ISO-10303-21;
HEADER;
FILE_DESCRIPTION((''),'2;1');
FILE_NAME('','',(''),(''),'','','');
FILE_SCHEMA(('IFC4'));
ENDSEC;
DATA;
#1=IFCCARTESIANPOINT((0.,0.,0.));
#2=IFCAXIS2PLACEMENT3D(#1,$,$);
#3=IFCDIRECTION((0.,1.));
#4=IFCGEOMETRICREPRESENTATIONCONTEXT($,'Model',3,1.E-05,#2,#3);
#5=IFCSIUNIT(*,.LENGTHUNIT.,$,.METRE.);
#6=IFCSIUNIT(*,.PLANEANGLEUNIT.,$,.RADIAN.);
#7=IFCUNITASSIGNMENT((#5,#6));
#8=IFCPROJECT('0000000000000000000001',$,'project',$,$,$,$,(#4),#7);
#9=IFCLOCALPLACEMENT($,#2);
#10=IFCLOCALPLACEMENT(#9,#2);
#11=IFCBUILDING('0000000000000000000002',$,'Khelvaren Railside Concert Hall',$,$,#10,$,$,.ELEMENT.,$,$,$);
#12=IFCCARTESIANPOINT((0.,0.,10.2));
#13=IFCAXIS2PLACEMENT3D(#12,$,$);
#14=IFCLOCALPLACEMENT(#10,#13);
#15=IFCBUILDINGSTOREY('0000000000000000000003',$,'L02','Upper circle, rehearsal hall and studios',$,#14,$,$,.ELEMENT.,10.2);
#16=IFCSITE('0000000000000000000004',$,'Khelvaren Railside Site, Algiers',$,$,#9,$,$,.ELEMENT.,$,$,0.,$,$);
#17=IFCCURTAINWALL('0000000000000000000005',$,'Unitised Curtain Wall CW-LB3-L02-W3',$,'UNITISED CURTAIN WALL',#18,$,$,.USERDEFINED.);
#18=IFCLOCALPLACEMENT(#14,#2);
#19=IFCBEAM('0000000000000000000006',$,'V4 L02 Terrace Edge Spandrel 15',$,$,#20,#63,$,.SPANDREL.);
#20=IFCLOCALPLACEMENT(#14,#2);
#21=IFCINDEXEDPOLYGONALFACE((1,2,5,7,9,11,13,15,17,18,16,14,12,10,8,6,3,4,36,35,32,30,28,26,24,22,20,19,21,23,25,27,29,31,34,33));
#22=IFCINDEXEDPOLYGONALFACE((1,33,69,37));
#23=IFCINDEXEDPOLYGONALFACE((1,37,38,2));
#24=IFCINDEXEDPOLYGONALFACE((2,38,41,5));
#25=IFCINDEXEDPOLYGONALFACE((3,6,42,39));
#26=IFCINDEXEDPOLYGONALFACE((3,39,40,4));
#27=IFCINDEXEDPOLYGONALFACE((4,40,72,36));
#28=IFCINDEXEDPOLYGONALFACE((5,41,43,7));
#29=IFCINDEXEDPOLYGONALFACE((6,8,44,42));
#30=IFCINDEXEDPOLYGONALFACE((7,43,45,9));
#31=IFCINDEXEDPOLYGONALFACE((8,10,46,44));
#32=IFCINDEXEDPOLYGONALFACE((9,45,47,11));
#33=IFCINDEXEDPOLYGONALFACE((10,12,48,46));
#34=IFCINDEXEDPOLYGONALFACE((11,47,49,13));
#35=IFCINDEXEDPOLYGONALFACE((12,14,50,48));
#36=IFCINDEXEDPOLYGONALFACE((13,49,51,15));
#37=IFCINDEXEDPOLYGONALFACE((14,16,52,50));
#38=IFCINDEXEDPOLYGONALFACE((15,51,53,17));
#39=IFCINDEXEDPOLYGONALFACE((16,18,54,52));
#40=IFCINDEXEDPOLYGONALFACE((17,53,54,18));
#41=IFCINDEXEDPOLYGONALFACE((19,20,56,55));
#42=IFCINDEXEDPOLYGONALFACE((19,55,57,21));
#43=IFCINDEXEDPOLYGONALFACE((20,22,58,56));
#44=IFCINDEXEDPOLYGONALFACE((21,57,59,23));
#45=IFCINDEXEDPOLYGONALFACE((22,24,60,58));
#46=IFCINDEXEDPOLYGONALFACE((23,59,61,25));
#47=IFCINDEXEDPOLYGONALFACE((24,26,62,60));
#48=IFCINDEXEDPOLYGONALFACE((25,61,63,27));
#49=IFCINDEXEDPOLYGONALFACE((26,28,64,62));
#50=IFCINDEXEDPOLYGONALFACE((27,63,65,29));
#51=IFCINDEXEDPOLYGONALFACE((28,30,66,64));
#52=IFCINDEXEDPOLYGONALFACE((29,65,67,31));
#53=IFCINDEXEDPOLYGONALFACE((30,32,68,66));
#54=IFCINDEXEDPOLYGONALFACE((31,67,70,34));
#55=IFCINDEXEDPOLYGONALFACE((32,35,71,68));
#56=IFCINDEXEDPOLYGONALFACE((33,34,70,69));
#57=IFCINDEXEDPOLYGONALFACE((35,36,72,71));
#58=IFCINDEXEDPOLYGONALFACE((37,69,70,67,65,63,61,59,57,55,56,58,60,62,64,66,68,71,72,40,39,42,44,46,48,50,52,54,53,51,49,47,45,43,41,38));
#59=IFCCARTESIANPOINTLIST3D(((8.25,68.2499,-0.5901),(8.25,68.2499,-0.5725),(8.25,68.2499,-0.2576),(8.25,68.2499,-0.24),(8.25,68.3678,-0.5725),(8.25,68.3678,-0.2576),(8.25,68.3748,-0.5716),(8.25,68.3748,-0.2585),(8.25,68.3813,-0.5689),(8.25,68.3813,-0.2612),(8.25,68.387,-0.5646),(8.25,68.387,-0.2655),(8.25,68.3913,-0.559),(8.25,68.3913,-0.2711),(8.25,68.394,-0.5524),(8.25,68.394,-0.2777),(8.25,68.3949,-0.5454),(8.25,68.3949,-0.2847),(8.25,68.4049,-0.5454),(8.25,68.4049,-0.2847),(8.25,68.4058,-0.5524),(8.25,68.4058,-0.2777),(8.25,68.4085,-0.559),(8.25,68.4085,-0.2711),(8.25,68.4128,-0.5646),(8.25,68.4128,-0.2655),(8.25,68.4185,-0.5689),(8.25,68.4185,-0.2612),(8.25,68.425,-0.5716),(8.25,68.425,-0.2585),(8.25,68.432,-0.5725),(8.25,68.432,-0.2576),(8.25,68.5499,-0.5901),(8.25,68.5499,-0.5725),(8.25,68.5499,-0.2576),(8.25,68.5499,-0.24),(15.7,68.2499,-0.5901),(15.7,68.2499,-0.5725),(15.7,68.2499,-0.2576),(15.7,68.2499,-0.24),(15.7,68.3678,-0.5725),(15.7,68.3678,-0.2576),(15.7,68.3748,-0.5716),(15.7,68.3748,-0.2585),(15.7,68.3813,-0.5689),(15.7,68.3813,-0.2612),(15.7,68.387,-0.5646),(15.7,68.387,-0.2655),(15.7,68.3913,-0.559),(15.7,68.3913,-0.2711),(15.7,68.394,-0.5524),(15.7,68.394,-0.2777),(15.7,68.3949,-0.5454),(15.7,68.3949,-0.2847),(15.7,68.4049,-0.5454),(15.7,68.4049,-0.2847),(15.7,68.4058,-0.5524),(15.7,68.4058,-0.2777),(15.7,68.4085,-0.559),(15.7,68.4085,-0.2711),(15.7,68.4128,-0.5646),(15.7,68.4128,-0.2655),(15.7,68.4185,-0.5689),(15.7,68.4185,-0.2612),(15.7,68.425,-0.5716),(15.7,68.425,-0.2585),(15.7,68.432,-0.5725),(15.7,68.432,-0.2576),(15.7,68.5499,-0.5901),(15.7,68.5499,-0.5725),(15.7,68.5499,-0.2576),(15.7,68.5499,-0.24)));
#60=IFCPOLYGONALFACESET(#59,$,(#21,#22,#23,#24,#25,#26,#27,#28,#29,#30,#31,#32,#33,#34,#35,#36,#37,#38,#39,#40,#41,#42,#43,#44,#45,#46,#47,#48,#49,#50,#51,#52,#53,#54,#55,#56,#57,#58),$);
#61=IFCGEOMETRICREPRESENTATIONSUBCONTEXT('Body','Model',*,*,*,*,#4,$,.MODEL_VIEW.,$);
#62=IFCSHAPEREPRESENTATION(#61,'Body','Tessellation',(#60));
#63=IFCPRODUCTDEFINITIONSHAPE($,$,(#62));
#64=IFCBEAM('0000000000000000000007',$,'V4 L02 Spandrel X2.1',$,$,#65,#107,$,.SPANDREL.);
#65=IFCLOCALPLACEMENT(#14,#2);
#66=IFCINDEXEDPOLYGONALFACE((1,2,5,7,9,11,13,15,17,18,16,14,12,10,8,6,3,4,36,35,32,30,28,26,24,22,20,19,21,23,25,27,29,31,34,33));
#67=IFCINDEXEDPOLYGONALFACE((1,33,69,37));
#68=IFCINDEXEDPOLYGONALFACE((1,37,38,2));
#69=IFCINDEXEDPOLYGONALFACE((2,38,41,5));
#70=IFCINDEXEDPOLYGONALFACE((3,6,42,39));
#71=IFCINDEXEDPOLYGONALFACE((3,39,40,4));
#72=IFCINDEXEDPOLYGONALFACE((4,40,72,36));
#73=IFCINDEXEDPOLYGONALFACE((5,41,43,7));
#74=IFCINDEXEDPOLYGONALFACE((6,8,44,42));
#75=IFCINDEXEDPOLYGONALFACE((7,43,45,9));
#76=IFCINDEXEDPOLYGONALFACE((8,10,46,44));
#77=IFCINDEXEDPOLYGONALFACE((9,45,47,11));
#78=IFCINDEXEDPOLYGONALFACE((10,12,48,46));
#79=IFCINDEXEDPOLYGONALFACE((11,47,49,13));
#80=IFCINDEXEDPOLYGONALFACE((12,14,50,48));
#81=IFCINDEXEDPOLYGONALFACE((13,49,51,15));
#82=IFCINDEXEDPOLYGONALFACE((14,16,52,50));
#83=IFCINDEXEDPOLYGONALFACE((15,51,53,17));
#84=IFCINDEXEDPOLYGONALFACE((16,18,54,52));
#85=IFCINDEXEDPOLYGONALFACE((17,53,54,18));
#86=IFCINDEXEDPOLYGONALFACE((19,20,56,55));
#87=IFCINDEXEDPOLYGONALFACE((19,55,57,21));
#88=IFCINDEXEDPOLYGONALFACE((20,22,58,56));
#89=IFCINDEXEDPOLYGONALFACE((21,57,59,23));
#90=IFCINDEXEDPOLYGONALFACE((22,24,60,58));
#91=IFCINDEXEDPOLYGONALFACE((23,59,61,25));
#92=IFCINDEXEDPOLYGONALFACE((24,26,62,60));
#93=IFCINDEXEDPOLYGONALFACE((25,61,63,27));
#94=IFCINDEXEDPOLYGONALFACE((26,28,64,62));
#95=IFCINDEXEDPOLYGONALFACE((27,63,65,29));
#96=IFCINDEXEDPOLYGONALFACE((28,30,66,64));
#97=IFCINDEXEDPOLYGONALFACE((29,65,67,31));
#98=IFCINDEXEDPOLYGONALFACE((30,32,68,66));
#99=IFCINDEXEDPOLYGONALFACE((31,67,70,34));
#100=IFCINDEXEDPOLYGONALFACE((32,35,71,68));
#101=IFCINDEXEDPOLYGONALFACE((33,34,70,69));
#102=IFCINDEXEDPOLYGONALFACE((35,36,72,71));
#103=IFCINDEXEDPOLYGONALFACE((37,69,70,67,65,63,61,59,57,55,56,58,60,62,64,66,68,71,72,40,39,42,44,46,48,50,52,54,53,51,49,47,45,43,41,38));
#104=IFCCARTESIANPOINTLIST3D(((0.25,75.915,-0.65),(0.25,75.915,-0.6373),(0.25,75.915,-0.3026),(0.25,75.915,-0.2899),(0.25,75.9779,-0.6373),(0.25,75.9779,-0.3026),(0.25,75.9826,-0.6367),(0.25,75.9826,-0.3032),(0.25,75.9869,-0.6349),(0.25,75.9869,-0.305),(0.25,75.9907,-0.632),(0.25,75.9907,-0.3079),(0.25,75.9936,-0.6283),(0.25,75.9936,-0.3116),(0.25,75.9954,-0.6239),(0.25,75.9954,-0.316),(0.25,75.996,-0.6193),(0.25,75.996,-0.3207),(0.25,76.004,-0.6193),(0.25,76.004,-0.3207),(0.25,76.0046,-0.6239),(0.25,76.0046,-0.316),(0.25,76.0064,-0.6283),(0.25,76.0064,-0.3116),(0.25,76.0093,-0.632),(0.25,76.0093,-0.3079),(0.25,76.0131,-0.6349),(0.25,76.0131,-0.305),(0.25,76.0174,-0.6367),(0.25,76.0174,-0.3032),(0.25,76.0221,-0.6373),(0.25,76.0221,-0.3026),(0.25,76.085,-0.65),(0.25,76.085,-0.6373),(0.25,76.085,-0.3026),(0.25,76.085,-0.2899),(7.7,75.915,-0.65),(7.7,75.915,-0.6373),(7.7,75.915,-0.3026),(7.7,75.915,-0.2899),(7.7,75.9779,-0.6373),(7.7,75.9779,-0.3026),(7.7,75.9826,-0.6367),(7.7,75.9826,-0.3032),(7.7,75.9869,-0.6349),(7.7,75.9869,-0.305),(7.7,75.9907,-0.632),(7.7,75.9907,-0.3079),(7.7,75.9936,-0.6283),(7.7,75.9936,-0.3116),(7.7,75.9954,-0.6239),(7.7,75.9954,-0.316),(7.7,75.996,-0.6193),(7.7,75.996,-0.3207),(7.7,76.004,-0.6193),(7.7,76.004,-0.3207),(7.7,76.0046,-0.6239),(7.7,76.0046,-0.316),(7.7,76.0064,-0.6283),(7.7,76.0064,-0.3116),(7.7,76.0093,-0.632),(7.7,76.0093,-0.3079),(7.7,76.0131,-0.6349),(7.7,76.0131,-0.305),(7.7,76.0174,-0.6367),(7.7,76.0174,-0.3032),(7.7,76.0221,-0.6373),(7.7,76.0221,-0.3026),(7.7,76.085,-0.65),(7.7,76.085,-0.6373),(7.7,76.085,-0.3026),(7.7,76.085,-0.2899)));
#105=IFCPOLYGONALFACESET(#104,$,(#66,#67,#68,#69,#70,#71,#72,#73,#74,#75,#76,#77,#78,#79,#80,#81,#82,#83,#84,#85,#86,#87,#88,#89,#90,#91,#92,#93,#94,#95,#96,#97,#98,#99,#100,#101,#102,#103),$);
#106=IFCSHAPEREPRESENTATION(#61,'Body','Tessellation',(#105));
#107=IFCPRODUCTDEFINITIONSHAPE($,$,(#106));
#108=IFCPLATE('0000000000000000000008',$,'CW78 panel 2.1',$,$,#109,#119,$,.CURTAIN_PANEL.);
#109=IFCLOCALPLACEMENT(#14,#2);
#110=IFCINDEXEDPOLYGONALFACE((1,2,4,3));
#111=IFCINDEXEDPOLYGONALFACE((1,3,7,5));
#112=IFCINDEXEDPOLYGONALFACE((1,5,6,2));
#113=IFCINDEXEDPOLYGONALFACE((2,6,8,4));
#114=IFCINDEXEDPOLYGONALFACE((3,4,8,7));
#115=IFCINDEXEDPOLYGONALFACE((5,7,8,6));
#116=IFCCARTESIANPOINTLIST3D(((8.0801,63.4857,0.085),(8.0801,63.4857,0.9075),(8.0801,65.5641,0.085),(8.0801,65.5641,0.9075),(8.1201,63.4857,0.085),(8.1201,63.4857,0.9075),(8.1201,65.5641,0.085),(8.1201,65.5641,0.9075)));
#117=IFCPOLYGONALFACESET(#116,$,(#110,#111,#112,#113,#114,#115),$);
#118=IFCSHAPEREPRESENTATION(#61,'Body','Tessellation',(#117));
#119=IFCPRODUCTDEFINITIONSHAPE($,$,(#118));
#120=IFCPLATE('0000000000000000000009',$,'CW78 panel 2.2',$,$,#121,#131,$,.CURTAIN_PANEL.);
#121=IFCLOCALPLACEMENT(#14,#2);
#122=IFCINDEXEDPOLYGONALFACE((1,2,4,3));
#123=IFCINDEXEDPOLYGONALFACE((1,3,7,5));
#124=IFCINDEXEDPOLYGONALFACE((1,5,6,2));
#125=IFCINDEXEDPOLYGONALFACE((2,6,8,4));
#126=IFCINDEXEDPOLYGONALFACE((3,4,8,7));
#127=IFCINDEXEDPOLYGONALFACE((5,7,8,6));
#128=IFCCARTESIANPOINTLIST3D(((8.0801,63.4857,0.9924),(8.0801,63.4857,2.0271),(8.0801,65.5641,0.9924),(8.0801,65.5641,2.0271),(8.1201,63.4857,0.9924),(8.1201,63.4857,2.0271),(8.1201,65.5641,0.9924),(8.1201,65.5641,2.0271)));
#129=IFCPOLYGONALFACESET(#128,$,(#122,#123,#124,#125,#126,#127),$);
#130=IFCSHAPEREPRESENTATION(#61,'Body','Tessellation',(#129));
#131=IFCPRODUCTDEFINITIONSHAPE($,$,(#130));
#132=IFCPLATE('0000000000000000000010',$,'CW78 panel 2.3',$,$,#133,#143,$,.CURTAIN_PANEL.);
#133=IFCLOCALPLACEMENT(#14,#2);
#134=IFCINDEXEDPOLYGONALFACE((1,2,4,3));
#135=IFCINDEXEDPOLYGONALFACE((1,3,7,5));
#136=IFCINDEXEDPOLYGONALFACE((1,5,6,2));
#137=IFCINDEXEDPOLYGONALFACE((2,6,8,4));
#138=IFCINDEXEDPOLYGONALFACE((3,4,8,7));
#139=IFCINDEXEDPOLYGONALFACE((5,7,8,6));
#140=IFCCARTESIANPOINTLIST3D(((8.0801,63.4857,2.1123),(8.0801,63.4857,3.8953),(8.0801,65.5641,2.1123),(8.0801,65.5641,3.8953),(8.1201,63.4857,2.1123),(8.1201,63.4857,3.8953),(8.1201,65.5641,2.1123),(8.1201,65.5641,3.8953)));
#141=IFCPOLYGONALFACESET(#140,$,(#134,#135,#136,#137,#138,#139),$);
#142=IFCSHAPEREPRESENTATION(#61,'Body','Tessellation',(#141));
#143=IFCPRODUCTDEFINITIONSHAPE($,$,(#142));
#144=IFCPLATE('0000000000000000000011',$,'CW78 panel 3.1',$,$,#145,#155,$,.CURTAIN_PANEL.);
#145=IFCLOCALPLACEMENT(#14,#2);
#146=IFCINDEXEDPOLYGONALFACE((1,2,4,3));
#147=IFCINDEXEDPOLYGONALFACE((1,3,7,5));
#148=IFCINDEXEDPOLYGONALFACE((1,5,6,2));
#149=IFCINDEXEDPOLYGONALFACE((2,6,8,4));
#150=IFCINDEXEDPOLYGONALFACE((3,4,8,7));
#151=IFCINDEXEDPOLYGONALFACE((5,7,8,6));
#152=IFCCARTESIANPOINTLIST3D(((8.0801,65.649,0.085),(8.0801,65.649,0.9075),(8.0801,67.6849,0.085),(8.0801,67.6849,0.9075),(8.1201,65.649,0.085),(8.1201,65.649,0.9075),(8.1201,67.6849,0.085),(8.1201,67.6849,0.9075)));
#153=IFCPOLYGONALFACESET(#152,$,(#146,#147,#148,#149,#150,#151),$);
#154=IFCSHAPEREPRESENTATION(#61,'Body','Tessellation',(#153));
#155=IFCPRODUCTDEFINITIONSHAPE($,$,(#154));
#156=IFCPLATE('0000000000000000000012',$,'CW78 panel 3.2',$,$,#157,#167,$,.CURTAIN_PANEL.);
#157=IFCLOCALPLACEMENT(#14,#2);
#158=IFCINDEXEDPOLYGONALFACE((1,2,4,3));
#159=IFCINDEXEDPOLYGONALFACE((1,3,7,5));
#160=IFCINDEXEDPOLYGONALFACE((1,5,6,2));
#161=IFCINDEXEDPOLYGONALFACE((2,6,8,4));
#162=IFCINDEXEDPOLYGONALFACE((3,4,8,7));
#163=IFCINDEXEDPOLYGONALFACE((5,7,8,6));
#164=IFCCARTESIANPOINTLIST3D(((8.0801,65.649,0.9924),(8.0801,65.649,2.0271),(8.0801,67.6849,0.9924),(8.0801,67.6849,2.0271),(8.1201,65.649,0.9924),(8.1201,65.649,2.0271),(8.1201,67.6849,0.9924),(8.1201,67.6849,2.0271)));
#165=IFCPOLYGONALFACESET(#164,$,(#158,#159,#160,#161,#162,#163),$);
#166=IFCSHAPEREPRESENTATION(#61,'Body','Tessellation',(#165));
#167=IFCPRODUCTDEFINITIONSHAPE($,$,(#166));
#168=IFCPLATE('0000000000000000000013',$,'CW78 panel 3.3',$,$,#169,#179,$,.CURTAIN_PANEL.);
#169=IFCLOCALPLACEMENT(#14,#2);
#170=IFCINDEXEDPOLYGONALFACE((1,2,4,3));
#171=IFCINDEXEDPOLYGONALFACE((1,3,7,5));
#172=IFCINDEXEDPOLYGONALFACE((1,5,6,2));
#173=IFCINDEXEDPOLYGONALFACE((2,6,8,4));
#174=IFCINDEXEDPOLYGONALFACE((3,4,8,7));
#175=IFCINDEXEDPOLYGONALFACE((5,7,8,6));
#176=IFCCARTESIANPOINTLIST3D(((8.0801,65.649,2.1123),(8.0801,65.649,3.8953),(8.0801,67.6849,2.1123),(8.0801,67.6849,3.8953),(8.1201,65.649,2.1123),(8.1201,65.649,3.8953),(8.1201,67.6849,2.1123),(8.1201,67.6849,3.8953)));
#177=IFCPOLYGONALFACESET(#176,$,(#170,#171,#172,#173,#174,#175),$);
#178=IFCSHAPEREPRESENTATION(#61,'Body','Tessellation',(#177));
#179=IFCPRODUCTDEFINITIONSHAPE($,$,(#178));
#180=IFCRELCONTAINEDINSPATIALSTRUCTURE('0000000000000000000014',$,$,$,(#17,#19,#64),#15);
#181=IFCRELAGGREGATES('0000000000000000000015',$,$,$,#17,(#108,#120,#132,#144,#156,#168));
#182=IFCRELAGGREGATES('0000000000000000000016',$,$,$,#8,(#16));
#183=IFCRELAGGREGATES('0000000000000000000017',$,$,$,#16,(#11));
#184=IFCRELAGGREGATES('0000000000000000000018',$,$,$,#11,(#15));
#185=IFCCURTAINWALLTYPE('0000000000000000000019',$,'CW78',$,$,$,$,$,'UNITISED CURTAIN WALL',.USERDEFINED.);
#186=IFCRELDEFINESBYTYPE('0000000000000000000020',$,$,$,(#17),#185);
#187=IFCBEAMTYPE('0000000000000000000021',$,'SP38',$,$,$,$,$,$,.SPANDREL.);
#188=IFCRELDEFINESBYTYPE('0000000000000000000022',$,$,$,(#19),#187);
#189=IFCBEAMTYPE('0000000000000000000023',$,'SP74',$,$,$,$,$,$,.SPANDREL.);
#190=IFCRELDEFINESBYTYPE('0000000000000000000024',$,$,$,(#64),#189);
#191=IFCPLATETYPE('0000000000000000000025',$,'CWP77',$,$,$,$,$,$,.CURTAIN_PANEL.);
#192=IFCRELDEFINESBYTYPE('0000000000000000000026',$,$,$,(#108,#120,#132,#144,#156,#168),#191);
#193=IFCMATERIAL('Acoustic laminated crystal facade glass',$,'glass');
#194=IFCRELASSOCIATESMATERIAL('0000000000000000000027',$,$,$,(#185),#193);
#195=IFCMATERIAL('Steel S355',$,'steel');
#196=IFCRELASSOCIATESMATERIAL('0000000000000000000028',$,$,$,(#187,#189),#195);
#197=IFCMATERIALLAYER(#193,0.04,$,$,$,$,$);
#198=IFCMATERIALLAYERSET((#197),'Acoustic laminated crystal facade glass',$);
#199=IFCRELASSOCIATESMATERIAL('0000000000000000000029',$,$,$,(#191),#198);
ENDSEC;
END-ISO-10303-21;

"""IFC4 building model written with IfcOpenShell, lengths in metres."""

from ifc_helpers import new_model, si_unit, direction, frame, origin, origin_2d, place, context, subcontext, project, spatial, rectangle, i_section, extrude, material, layer, layer_set, material_profile, profile_set, type_object, element, aggregate, save


model = new_model("IFC4")

# Units and contexts
model_context = context("Model", 3, precision=1e-05, world=origin(), true_north=direction((0.0, 1.0)))
body_context = subcontext(model_context, "Body", "Model", "MODEL_VIEW")
ifc_project = project(units=[si_unit("LENGTHUNIT", "METRE"), si_unit("PLANEANGLEUNIT", "RADIAN")], contexts=[model_context])

# Site, building, storey
site_placement = place(None, origin())
site = spatial("IfcSite", under=ifc_project, at=site_placement, Name="Khelvaren Railside Site, Algiers", CompositionType="ELEMENT", RefElevation=0.0)
building_placement = place(site_placement, origin())
building = spatial("IfcBuilding", under=site, at=building_placement, Name="Khelvaren Railside Concert Hall", CompositionType="ELEMENT")
storey_placement = place(building_placement, frame((0.0, 0.0, 10.2)))
storey = spatial("IfcBuildingStorey", under=building, at=storey_placement, Name="L02", Description="Upper circle, rehearsal hall and studios", CompositionType="ELEMENT", Elevation=10.2)

# Curtain wall
ifc_material_1 = material(Name="Acoustic laminated crystal facade glass", Category="glass")
curtain_wall_type_1 = type_object("IfcCurtainWallType", Name="CW78", ElementType="UNITISED CURTAIN WALL", PredefinedType="USERDEFINED", material=ifc_material_1)
curtain_wall_1_placement = place(storey_placement, origin())
curtain_wall_1 = element("IfcCurtainWall", 1, at=curtain_wall_1_placement, inside=storey, type_object=curtain_wall_type_1, Name="Unitised Curtain Wall CW-LB3-L02-W3", ObjectType="UNITISED CURTAIN WALL", PredefinedType="USERDEFINED")

# Beams
ifc_material_2 = material(Name="Steel S355", Category="steel")
ifc_material_profile_1 = material_profile(ifc_material_2, i_section(OverallWidth=0.3, OverallDepth=0.3501, WebThickness=0.01, FlangeThickness=0.0176, FilletRadius=0.0271, at=origin_2d()), Name="HEA 360")
ifc_profile_set_1 = profile_set([ifc_material_profile_1], Name="Steel S355")
beam_type_1 = type_object("IfcBeamType", Name="SP38", PredefinedType="SPANDREL", material=ifc_profile_set_1)
for number, where, z_axis, x_axis, name in (
    (2, (8.25, 68.3999, -0.415), (1.0, 0.0, 0.0), (0.0, 1.0, 0.0), "V4 L02 Terrace Edge Spandrel 15"),
):
    element("IfcBeam", number, at=place(storey_placement, frame(where, z_axis=z_axis, x_axis=x_axis)), inside=storey, type_object=beam_type_1, Name=name, PredefinedType="SPANDREL", context=body_context, shape_type="SweptSolid", body=[
        extrude(i_section(OverallWidth=0.3, OverallDepth=0.3501, WebThickness=0.01, FlangeThickness=0.0176, FilletRadius=0.0271, at=origin_2d()), origin(), (0.0, 0.0, 1.0), 7.45),
    ])
ifc_material_profile_2 = material_profile(ifc_material_2, i_section(OverallWidth=0.1699, OverallDepth=0.3601, WebThickness=0.0081, FlangeThickness=0.0127, FilletRadius=0.0181, at=origin_2d()), Name="IPE 360")
ifc_profile_set_2 = profile_set([ifc_material_profile_2], Name="Steel S355")
beam_type_2 = type_object("IfcBeamType", Name="SP74", PredefinedType="SPANDREL", material=ifc_profile_set_2)
beam_1_placement = place(storey_placement, frame((0.25, 76.0, -0.47), z_axis=(1.0, 0.0, 0.0), x_axis=(0.0, 1.0, 0.0)))
element("IfcBeam", 3, at=beam_1_placement, inside=storey, type_object=beam_type_2, Name="V4 L02 Spandrel X2.1", PredefinedType="SPANDREL", context=body_context, shape_type="SweptSolid", body=[
    extrude(i_section(OverallWidth=0.1699, OverallDepth=0.3601, WebThickness=0.0081, FlangeThickness=0.0127, FilletRadius=0.0181, at=origin_2d()), origin(), (0.0, 0.0, 1.0), 7.45),
])

# Plates
ifc_layer = layer(ifc_material_1, 0.04)
ifc_layer_set = layer_set([ifc_layer], Name="Acoustic laminated crystal facade glass")
plate_type = type_object("IfcPlateType", Name="CWP77", PredefinedType="CURTAIN_PANEL", material=ifc_layer_set)
plate_1_placement = place(storey_placement, frame((8.1001, 64.5249, 0.085), z_axis=(0.0, 0.0, 1.0), x_axis=(0.0, 1.0, 0.0)))
plate_1 = element("IfcPlate", 4, at=plate_1_placement, type_object=plate_type, Name="CW78 panel 2.1", PredefinedType="CURTAIN_PANEL", context=body_context, shape_type="SweptSolid", body=[
    extrude(rectangle(XDim=2.0784, YDim=0.04, at=origin_2d()), origin(), (0.0, 0.0, 1.0), 0.8225),
])
plate_2_placement = place(storey_placement, frame((8.1001, 64.5249, 0.9924), z_axis=(0.0, 0.0, 1.0), x_axis=(0.0, 1.0, 0.0)))
plate_2 = element("IfcPlate", 5, at=plate_2_placement, type_object=plate_type, Name="CW78 panel 2.2", PredefinedType="CURTAIN_PANEL", context=body_context, shape_type="SweptSolid", body=[
    extrude(rectangle(XDim=2.0784, YDim=0.04, at=origin_2d()), origin(), (0.0, 0.0, 1.0), 1.0347),
])
plate_3_placement = place(storey_placement, frame((8.1001, 64.5249, 2.1123), z_axis=(0.0, 0.0, 1.0), x_axis=(0.0, 1.0, 0.0)))
plate_3 = element("IfcPlate", 6, at=plate_3_placement, type_object=plate_type, Name="CW78 panel 2.3", PredefinedType="CURTAIN_PANEL", context=body_context, shape_type="SweptSolid", body=[
    extrude(rectangle(XDim=2.0784, YDim=0.04, at=origin_2d()), origin(), (0.0, 0.0, 1.0), 1.783),
])
plate_4_placement = place(storey_placement, frame((8.1001, 66.667, 0.085), z_axis=(0.0, 0.0, 1.0), x_axis=(0.0, 1.0, 0.0)))
plate_4 = element("IfcPlate", 7, at=plate_4_placement, type_object=plate_type, Name="CW78 panel 3.1", PredefinedType="CURTAIN_PANEL", context=body_context, shape_type="SweptSolid", body=[
    extrude(rectangle(XDim=2.0359, YDim=0.04, at=origin_2d()), origin(), (0.0, 0.0, 1.0), 0.8225),
])
plate_5_placement = place(storey_placement, frame((8.1001, 66.667, 0.9924), z_axis=(0.0, 0.0, 1.0), x_axis=(0.0, 1.0, 0.0)))
plate_5 = element("IfcPlate", 8, at=plate_5_placement, type_object=plate_type, Name="CW78 panel 3.2", PredefinedType="CURTAIN_PANEL", context=body_context, shape_type="SweptSolid", body=[
    extrude(rectangle(XDim=2.0359, YDim=0.04, at=origin_2d()), origin(), (0.0, 0.0, 1.0), 1.0347),
])
plate_6_placement = place(storey_placement, frame((8.1001, 66.667, 2.1123), z_axis=(0.0, 0.0, 1.0), x_axis=(0.0, 1.0, 0.0)))
plate_6 = element("IfcPlate", 9, at=plate_6_placement, type_object=plate_type, Name="CW78 panel 3.3", PredefinedType="CURTAIN_PANEL", context=body_context, shape_type="SweptSolid", body=[
    extrude(rectangle(XDim=2.0359, YDim=0.04, at=origin_2d()), origin(), (0.0, 0.0, 1.0), 1.783),
])
aggregate(curtain_wall_1, [plate_1, plate_2, plate_3, plate_4, plate_5, plate_6])

save(model, "model.ifc")
